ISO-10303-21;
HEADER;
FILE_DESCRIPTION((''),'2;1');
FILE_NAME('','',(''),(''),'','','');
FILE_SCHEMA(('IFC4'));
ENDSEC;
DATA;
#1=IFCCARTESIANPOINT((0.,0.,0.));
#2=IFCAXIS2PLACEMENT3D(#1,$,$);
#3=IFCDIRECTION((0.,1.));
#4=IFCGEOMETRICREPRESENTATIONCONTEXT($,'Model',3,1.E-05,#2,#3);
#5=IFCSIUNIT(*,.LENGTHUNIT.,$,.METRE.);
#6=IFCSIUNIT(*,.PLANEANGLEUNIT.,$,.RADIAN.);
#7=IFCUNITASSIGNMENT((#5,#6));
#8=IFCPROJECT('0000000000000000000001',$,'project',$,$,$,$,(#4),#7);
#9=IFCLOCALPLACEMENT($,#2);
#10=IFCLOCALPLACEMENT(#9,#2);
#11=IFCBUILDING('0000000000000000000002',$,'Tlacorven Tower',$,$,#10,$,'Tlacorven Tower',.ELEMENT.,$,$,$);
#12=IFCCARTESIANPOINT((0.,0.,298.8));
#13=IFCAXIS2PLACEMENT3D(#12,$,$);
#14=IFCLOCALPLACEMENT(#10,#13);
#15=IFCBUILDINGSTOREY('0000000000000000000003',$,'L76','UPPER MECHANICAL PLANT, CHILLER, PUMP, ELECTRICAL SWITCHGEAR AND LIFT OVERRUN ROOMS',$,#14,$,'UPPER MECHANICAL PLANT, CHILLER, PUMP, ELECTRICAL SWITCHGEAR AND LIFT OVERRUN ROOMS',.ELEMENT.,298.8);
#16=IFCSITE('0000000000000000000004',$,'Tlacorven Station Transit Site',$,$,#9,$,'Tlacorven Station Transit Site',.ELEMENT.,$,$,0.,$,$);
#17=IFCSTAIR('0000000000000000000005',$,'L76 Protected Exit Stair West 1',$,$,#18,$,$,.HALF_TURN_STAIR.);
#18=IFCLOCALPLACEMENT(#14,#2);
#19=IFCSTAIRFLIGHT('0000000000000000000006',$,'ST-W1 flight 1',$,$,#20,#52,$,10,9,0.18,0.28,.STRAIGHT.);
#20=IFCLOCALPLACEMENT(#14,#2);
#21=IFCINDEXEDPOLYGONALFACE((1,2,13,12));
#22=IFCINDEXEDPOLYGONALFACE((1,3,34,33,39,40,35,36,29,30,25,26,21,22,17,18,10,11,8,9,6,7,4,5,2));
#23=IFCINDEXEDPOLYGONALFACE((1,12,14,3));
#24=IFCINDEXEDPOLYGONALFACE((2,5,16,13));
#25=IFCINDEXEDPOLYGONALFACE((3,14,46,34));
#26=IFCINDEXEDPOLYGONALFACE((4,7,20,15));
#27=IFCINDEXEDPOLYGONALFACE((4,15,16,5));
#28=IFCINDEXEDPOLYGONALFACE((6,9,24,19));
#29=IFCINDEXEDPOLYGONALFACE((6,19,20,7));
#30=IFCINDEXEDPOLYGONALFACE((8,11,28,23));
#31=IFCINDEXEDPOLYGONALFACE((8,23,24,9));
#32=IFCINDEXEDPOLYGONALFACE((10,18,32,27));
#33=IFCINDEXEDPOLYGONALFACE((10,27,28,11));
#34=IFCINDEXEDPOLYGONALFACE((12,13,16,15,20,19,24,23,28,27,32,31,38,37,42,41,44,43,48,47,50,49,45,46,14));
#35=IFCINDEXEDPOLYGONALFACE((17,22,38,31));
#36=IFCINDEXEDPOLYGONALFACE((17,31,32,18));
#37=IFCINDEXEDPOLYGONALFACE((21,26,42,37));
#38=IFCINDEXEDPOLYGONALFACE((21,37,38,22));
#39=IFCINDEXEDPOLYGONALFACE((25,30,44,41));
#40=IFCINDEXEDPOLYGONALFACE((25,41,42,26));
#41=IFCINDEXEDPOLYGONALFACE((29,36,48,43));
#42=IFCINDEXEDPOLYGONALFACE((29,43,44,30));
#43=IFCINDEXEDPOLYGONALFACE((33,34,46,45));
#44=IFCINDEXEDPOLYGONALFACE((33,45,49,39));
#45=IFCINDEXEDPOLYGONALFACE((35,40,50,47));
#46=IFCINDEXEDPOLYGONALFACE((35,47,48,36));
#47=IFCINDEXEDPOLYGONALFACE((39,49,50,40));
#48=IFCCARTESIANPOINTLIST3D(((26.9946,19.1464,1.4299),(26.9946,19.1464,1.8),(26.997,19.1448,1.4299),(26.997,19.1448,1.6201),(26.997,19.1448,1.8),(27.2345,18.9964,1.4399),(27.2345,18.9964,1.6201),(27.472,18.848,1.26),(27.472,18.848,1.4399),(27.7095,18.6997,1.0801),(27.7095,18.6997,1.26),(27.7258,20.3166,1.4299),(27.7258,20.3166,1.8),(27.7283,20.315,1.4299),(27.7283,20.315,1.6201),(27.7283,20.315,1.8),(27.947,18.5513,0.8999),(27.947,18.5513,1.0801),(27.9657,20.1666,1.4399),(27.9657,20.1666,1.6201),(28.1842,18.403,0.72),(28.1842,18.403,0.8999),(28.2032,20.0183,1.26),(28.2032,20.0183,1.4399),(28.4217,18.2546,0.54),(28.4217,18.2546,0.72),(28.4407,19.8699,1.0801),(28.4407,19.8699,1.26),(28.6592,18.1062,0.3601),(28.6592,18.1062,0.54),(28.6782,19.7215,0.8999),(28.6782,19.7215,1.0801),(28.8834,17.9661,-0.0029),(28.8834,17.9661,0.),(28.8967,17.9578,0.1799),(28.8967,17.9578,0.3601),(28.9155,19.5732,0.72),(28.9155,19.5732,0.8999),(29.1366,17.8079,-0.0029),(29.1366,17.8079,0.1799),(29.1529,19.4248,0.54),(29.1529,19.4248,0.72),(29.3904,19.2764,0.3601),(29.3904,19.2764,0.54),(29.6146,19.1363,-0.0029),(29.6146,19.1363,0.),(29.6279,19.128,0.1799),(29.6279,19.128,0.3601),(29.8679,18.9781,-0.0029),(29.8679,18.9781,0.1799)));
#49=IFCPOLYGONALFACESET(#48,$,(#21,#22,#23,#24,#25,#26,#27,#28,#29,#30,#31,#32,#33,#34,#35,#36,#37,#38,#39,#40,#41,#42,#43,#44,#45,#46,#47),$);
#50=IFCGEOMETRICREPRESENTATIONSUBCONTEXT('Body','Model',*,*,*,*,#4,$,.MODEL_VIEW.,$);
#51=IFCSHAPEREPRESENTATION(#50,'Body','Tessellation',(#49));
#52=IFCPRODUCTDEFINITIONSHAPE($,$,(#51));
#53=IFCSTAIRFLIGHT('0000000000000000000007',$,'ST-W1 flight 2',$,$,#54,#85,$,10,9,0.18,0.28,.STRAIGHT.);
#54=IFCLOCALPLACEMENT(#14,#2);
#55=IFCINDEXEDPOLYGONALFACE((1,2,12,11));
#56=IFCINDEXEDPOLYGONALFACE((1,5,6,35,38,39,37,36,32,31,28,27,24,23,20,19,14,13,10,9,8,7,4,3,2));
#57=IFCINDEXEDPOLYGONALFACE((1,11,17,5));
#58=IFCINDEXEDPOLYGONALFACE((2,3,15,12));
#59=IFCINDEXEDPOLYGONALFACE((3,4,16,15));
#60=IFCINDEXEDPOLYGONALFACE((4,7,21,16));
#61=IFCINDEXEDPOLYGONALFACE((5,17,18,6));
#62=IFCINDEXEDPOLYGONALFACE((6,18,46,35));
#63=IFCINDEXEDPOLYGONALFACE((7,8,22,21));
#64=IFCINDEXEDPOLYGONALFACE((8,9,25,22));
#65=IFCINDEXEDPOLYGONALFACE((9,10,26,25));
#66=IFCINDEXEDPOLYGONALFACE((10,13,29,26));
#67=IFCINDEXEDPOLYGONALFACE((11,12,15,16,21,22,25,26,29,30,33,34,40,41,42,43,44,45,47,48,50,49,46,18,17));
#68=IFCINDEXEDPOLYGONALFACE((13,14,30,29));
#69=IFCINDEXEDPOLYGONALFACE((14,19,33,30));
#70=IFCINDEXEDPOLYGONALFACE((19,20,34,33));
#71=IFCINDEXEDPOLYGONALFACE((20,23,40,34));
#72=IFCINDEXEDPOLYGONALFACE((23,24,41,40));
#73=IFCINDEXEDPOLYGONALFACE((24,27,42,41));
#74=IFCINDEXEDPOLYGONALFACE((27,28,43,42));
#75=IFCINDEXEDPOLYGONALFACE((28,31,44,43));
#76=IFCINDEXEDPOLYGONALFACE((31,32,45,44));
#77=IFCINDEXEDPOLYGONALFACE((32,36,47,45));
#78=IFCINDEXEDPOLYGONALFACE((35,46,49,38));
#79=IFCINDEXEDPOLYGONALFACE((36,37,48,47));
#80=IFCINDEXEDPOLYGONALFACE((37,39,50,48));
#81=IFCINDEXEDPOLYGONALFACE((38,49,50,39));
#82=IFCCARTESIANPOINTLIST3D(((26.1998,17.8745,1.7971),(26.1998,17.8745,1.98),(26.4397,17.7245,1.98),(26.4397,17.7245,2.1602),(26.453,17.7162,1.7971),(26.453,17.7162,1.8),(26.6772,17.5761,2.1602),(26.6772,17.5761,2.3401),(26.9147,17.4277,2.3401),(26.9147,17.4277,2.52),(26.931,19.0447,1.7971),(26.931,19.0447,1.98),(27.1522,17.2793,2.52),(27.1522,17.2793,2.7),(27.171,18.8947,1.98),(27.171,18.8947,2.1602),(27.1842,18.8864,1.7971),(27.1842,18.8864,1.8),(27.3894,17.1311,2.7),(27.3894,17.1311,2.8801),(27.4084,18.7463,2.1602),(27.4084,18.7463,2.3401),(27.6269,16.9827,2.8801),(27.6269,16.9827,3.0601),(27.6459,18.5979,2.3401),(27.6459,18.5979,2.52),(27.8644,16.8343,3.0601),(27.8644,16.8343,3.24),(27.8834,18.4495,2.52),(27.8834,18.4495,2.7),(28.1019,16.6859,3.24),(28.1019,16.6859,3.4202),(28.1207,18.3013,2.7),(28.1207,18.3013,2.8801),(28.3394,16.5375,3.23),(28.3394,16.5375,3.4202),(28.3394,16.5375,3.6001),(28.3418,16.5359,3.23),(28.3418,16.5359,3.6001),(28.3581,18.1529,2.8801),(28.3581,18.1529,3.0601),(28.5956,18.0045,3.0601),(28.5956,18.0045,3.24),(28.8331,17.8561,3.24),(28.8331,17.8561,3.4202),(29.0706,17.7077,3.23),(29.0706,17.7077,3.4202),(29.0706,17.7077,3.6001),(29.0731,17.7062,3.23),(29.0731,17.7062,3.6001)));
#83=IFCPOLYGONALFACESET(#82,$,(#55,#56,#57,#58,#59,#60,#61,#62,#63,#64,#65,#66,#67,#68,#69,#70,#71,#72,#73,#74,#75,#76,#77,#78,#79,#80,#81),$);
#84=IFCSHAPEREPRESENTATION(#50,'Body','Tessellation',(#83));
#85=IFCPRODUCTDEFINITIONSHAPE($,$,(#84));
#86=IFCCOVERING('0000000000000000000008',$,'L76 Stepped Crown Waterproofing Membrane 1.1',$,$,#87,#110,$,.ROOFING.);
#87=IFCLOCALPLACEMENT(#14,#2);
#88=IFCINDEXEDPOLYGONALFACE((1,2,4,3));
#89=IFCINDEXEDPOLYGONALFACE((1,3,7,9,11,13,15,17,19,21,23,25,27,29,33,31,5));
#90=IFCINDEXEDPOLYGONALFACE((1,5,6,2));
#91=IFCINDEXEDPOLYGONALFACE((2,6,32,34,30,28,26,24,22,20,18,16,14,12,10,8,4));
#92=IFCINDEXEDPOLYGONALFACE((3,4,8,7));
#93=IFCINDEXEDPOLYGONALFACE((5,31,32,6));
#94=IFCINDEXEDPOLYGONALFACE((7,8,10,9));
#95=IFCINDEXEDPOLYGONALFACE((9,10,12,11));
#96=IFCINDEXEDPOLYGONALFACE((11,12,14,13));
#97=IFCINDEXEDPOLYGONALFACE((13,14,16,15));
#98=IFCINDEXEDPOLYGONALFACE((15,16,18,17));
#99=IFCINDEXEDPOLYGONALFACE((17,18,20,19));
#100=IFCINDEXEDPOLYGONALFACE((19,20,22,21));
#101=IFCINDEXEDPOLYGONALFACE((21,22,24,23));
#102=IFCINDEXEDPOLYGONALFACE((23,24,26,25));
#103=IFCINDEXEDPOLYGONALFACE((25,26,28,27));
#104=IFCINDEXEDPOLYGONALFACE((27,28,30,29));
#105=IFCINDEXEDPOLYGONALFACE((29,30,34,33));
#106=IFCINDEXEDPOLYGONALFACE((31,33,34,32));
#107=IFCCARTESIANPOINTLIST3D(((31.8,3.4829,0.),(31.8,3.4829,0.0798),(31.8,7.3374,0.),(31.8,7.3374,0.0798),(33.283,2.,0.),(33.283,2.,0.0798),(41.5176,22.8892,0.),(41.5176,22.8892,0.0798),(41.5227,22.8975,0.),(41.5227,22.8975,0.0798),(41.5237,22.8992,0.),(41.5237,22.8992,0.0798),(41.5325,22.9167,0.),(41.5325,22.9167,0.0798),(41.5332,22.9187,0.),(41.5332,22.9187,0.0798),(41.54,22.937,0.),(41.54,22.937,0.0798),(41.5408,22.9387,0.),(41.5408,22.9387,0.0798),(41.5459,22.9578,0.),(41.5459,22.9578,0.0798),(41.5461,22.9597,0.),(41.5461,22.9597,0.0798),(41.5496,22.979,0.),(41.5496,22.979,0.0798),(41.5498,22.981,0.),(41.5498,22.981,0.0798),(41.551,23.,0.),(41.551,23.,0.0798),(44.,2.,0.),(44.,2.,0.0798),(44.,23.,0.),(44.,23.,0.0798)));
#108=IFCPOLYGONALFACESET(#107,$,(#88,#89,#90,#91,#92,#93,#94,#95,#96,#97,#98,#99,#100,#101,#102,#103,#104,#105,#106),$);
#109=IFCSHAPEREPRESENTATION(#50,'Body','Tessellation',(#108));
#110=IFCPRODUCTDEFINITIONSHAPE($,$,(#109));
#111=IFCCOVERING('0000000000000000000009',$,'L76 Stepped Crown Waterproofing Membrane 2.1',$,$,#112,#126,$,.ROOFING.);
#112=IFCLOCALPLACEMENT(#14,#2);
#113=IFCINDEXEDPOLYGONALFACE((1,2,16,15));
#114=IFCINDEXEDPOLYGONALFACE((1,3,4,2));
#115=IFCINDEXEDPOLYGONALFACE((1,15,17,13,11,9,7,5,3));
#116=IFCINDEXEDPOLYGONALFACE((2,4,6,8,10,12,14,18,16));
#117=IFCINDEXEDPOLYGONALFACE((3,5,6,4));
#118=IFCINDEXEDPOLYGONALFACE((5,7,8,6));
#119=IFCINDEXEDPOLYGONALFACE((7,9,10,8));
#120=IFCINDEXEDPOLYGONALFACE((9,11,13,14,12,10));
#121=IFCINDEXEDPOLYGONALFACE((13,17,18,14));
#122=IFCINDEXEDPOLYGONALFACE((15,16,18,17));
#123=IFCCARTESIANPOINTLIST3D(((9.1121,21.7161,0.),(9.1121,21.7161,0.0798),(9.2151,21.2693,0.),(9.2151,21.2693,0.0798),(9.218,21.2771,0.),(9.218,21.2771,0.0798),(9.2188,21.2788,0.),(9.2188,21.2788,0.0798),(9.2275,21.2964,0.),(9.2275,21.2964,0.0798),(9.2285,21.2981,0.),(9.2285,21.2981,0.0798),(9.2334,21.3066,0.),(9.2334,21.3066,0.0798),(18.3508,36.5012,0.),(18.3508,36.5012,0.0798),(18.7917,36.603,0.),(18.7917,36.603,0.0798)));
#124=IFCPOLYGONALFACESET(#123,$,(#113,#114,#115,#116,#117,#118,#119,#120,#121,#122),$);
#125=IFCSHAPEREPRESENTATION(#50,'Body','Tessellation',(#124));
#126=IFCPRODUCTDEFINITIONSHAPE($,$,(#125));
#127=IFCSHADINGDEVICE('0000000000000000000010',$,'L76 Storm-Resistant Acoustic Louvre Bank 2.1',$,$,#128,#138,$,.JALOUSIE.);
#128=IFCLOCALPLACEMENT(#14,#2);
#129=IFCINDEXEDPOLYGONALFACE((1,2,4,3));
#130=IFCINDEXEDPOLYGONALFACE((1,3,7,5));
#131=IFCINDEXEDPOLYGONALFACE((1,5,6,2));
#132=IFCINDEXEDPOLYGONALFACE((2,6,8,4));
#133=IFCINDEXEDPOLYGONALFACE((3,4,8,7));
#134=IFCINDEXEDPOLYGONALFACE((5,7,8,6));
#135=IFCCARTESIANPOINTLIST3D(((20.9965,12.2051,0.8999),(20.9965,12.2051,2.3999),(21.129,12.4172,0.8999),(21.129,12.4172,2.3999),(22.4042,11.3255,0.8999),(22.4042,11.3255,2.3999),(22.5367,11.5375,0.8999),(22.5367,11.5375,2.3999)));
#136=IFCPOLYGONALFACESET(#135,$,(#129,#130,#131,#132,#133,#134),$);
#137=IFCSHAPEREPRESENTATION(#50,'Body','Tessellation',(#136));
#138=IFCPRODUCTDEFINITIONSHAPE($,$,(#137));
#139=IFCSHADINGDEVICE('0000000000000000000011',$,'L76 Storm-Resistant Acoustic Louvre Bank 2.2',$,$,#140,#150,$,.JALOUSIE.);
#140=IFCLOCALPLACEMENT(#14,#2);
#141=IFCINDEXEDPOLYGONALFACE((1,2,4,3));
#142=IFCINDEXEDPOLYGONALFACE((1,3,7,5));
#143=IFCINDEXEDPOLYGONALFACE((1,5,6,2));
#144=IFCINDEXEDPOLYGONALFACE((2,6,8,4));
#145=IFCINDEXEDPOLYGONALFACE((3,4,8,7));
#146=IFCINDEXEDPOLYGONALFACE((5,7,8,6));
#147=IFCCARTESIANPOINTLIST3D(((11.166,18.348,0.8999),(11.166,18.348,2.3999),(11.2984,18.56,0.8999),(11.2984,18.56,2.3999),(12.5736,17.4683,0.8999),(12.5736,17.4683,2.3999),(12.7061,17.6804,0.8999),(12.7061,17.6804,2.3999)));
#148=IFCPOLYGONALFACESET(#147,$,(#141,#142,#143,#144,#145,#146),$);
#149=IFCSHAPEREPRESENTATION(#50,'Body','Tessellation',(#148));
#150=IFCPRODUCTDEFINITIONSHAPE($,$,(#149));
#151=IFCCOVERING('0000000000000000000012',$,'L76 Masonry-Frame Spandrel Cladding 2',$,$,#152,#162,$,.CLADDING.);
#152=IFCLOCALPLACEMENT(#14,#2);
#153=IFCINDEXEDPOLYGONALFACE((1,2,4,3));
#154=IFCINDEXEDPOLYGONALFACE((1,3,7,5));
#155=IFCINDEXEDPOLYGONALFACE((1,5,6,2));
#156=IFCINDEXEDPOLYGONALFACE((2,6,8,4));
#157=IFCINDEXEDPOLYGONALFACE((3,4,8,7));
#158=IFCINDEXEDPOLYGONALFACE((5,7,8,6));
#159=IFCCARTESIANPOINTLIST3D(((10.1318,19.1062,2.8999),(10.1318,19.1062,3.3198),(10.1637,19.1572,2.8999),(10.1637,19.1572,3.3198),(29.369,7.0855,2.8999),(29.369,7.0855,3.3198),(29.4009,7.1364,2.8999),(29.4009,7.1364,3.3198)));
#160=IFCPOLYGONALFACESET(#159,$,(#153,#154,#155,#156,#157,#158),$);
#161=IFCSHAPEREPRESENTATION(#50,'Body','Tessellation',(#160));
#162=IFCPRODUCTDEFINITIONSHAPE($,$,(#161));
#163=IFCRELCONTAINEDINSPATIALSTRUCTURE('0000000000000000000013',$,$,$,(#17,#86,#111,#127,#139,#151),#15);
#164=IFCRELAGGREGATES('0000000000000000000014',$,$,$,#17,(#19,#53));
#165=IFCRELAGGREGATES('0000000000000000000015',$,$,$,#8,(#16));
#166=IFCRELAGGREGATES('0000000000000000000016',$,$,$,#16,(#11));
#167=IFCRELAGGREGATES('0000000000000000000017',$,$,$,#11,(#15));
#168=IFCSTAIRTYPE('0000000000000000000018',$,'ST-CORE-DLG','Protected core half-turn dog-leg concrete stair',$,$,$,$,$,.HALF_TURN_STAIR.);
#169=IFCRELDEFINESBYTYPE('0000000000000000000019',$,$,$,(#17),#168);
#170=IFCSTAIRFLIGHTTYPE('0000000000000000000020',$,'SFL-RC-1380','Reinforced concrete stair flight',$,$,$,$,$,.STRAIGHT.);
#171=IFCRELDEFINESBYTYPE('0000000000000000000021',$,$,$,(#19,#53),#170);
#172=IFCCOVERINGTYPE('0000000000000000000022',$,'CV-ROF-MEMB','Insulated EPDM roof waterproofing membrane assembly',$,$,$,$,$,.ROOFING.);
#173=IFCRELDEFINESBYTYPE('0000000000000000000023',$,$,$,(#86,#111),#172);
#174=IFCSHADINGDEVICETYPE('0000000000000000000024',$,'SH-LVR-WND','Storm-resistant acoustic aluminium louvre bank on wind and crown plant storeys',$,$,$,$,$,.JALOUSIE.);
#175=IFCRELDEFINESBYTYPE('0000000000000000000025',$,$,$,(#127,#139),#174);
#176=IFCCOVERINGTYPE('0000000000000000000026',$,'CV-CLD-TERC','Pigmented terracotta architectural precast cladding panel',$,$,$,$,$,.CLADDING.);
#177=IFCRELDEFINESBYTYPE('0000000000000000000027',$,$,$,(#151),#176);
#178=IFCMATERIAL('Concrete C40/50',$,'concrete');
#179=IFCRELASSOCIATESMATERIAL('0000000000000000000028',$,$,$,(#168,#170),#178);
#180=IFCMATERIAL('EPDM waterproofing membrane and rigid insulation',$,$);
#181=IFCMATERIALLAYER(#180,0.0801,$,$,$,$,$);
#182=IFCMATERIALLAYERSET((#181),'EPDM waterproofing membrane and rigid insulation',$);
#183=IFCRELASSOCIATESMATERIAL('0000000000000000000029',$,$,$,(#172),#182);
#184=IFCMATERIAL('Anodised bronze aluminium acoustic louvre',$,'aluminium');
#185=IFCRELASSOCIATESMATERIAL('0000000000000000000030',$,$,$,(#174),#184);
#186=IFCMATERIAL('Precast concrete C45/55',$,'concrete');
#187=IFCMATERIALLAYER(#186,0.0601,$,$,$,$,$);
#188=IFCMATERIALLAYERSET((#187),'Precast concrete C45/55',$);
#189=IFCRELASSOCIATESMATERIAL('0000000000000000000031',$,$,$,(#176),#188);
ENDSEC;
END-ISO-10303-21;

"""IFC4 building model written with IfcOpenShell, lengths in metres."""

from ifc_helpers import new_model, si_unit, direction, frame, origin, origin_2d, place, context, subcontext, project, spatial, polyline, rectangle, outline, extrude, source, transform, mapped, material, layer, layer_set, type_object, element, aggregate, save


model = new_model("IFC4")

# Units and contexts
model_context = context("Model", 3, precision=1e-05, world=origin(), true_north=direction((0.0, 1.0)))
body_context = subcontext(model_context, "Body", "Model", "MODEL_VIEW")
ifc_project = project(units=[si_unit("LENGTHUNIT", "METRE"), si_unit("PLANEANGLEUNIT", "RADIAN")], contexts=[model_context])

# Site, building, storey
site_placement = place(None, origin())
site = spatial("IfcSite", under=ifc_project, at=site_placement, Name="Tlacorven Station Transit Site", LongName="Tlacorven Station Transit Site", CompositionType="ELEMENT", RefElevation=0.0)
building_placement = place(site_placement, origin())
building = spatial("IfcBuilding", under=site, at=building_placement, Name="Tlacorven Tower", LongName="Tlacorven Tower", CompositionType="ELEMENT")
storey_placement = place(building_placement, frame((0.0, 0.0, 298.8)))
storey = spatial("IfcBuildingStorey", under=building, at=storey_placement, Name="L76", Description="UPPER MECHANICAL PLANT, CHILLER, PUMP, ELECTRICAL SWITCHGEAR AND LIFT OVERRUN ROOMS", LongName="UPPER MECHANICAL PLANT, CHILLER, PUMP, ELECTRICAL SWITCHGEAR AND LIFT OVERRUN ROOMS", CompositionType="ELEMENT", Elevation=298.8)

# Stair
ifc_material_1 = material(Name="Concrete C40/50", Category="concrete")
stair_type = type_object("IfcStairType", Name="ST-CORE-DLG", Description="Protected core half-turn dog-leg concrete stair", PredefinedType="HALF_TURN_STAIR", material=ifc_material_1)
stair_1_placement = place(storey_placement, origin())
stair_1 = element("IfcStair", 1, at=stair_1_placement, inside=storey, type_object=stair_type, Name="L76 Protected Exit Stair West 1", PredefinedType="HALF_TURN_STAIR")

# Shared definitions
ifc_material_2 = material(Name="Precast concrete C45/55", Category="concrete")

# Stair flights
stair_flight_type = type_object("IfcStairFlightType", Name="SFL-RC-1380", Description="Reinforced concrete stair flight", PredefinedType="STRAIGHT", material=ifc_material_1)
shared_shape_1 = source(origin(), body_context, "Body", "SweptSolid", [
    extrude(outline(polyline([(-0.0029, -0.0029), (-0.0029, 0.1799), (0.28, 0.1799), (0.28, 0.3601), (0.5601, 0.3601), (0.5601, 0.54), (0.8401, 0.54), (0.8401, 0.72), (1.1201, 0.72), (1.1201, 0.8999), (1.3999, 0.8999), (1.3999, 1.0801), (1.6799, 1.0801), (1.6799, 1.26), (1.96, 1.26), (1.96, 1.4399), (2.24, 1.4399), (2.24, 1.6201), (2.52, 1.6201), (2.52, 1.8), (2.5229, 1.8), (2.5229, 1.4299), (2.52, 1.4299), (0.2957, 0.0), (0.2957, -0.0029), (-0.0029, -0.0029)])), frame((0.0, 0.6899, 0.0), z_axis=(0.0, -1.0, 0.0), x_axis=(1.0, 0.0, 0.0)), (0.0, 0.0, 1.0), 1.3799),
])
stair_flight_1_placement = place(storey_placement, frame((29.4998, 18.3945, 0.0), z_axis=(0.0, 0.0, 1.0), x_axis=(-0.848048, 0.529919, 0.0)))
stair_flight_1 = element("IfcStairFlight", 2, at=stair_flight_1_placement, type_object=stair_flight_type, Name="ST-W1 flight 1", NumberOfRisers=10, NumberOfTreads=9, PredefinedType="STRAIGHT", RiserHeight=0.18, TreadLength=0.28, context=body_context, shape_type="MappedRepresentation", body=[
    mapped(shared_shape_1, transform((0.0, 0.0, 0.0), scale=1.0)),
])
stair_flight_2_placement = place(storey_placement, frame((26.5679, 18.458, 1.8), z_axis=(0.0, 0.0, 1.0), x_axis=(0.848048, -0.529919, 0.0)))
stair_flight_2 = element("IfcStairFlight", 3, at=stair_flight_2_placement, type_object=stair_flight_type, Name="ST-W1 flight 2", NumberOfRisers=10, NumberOfTreads=9, PredefinedType="STRAIGHT", RiserHeight=0.18, TreadLength=0.28, context=body_context, shape_type="MappedRepresentation", body=[
    mapped(shared_shape_1, transform((0.0, 0.0, 0.0), scale=1.0)),
])
aggregate(stair_1, [stair_flight_1, stair_flight_2])

# Coverings
ifc_material_3 = material(Name="EPDM waterproofing membrane and rigid insulation")
ifc_layer_1 = layer(ifc_material_3, 0.0801)
ifc_layer_set_1 = layer_set([ifc_layer_1], Name="EPDM waterproofing membrane and rigid insulation")
covering_type_1 = type_object("IfcCoveringType", Name="CV-ROF-MEMB", Description="Insulated EPDM roof waterproofing membrane assembly", PredefinedType="ROOFING", material=ifc_layer_set_1)
covering_1_placement = place(storey_placement, origin())
element("IfcCovering", 4, at=covering_1_placement, inside=storey, type_object=covering_type_1, Name="L76 Stepped Crown Waterproofing Membrane 1.1", PredefinedType="ROOFING", context=body_context, shape_type="SweptSolid", body=[
    extrude(outline(polyline([(41.551, 23.0), (44.0, 23.0), (44.0, 2.0), (33.283, 2.0), (31.8, 3.4829), (31.8, 7.3374), (41.5176, 22.8892), (41.5227, 22.8975), (41.5237, 22.8992), (41.5325, 22.9167), (41.5332, 22.9187), (41.54, 22.937), (41.5408, 22.9387), (41.5459, 22.9578), (41.5461, 22.9597), (41.5496, 22.979), (41.5498, 22.981), (41.551, 23.0)])), origin(), (0.0, 0.0, 1.0), 0.0798),
])
covering_2_placement = place(storey_placement, origin())
element("IfcCovering", 5, at=covering_2_placement, inside=storey, type_object=covering_type_1, Name="L76 Stepped Crown Waterproofing Membrane 2.1", PredefinedType="ROOFING", context=body_context, shape_type="SweptSolid", body=[
    extrude(outline(polyline([(9.2151, 21.2693), (9.1121, 21.7161), (18.3508, 36.5012), (18.7917, 36.603), (9.2334, 21.3066), (9.2285, 21.2981), (9.2275, 21.2964), (9.2188, 21.2788), (9.218, 21.2771), (9.2151, 21.2693)])), origin(), (0.0, 0.0, 1.0), 0.0798),
])

# Shading devices
ifc_material_4 = material(Name="Anodised bronze aluminium acoustic louvre", Category="aluminium")
shading_device_type = type_object("IfcShadingDeviceType", Name="SH-LVR-WND", Description="Storm-resistant acoustic aluminium louvre bank on wind and crown plant storeys", PredefinedType="JALOUSIE", material=ifc_material_4)
shared_shape_2 = source(origin(), body_context, "Body", "SweptSolid", [
    extrude(rectangle(XDim=1.6599, YDim=0.25, at=origin_2d()), origin(), (0.0, 0.0, 1.0), 1.5),
])
for number, where, z_axis, x_axis, name in (
    (6, (21.7666, 11.8713, 0.8999), (0.0, 0.0, 1.0), (-0.848048, 0.529919, 0.0), "L76 Storm-Resistant Acoustic Louvre Bank 2.1"),
    (7, (11.936, 18.0142, 0.8999), (0.0, 0.0, 1.0), (-0.848048, 0.529919, 0.0), "L76 Storm-Resistant Acoustic Louvre Bank 2.2"),
):
    element("IfcShadingDevice", number, at=place(storey_placement, frame(where, z_axis=z_axis, x_axis=x_axis)), inside=storey, type_object=shading_device_type, Name=name, PredefinedType="JALOUSIE", context=body_context, shape_type="MappedRepresentation", body=[
        mapped(shared_shape_2, transform((0.0, 0.0, 0.0), scale=1.0)),
    ])

# Covering
ifc_layer_2 = layer(ifc_material_2, 0.0601)
ifc_layer_set_2 = layer_set([ifc_layer_2], Name="Precast concrete C45/55")
covering_type_2 = type_object("IfcCoveringType", Name="CV-CLD-TERC", Description="Pigmented terracotta architectural precast cladding panel", PredefinedType="CLADDING", material=ifc_layer_set_2)
shared_shape_3 = source(origin(), body_context, "Body", "SweptSolid", [
    extrude(rectangle(XDim=22.6841, YDim=0.0601, at=origin_2d()), origin(), (0.0, 0.0, 1.0), 0.4199),
])
covering_3_placement = place(storey_placement, frame((19.7664, 13.1213, 2.8999), z_axis=(0.0, 0.0, 1.0), x_axis=(-0.848048, 0.529919, 0.0)))
element("IfcCovering", 8, at=covering_3_placement, inside=storey, type_object=covering_type_2, Name="L76 Masonry-Frame Spandrel Cladding 2", PredefinedType="CLADDING", context=body_context, shape_type="MappedRepresentation", body=[
    mapped(shared_shape_3, transform((0.0, 0.0, 0.0), scale=1.0)),
])

save(model, "model.ifc")
